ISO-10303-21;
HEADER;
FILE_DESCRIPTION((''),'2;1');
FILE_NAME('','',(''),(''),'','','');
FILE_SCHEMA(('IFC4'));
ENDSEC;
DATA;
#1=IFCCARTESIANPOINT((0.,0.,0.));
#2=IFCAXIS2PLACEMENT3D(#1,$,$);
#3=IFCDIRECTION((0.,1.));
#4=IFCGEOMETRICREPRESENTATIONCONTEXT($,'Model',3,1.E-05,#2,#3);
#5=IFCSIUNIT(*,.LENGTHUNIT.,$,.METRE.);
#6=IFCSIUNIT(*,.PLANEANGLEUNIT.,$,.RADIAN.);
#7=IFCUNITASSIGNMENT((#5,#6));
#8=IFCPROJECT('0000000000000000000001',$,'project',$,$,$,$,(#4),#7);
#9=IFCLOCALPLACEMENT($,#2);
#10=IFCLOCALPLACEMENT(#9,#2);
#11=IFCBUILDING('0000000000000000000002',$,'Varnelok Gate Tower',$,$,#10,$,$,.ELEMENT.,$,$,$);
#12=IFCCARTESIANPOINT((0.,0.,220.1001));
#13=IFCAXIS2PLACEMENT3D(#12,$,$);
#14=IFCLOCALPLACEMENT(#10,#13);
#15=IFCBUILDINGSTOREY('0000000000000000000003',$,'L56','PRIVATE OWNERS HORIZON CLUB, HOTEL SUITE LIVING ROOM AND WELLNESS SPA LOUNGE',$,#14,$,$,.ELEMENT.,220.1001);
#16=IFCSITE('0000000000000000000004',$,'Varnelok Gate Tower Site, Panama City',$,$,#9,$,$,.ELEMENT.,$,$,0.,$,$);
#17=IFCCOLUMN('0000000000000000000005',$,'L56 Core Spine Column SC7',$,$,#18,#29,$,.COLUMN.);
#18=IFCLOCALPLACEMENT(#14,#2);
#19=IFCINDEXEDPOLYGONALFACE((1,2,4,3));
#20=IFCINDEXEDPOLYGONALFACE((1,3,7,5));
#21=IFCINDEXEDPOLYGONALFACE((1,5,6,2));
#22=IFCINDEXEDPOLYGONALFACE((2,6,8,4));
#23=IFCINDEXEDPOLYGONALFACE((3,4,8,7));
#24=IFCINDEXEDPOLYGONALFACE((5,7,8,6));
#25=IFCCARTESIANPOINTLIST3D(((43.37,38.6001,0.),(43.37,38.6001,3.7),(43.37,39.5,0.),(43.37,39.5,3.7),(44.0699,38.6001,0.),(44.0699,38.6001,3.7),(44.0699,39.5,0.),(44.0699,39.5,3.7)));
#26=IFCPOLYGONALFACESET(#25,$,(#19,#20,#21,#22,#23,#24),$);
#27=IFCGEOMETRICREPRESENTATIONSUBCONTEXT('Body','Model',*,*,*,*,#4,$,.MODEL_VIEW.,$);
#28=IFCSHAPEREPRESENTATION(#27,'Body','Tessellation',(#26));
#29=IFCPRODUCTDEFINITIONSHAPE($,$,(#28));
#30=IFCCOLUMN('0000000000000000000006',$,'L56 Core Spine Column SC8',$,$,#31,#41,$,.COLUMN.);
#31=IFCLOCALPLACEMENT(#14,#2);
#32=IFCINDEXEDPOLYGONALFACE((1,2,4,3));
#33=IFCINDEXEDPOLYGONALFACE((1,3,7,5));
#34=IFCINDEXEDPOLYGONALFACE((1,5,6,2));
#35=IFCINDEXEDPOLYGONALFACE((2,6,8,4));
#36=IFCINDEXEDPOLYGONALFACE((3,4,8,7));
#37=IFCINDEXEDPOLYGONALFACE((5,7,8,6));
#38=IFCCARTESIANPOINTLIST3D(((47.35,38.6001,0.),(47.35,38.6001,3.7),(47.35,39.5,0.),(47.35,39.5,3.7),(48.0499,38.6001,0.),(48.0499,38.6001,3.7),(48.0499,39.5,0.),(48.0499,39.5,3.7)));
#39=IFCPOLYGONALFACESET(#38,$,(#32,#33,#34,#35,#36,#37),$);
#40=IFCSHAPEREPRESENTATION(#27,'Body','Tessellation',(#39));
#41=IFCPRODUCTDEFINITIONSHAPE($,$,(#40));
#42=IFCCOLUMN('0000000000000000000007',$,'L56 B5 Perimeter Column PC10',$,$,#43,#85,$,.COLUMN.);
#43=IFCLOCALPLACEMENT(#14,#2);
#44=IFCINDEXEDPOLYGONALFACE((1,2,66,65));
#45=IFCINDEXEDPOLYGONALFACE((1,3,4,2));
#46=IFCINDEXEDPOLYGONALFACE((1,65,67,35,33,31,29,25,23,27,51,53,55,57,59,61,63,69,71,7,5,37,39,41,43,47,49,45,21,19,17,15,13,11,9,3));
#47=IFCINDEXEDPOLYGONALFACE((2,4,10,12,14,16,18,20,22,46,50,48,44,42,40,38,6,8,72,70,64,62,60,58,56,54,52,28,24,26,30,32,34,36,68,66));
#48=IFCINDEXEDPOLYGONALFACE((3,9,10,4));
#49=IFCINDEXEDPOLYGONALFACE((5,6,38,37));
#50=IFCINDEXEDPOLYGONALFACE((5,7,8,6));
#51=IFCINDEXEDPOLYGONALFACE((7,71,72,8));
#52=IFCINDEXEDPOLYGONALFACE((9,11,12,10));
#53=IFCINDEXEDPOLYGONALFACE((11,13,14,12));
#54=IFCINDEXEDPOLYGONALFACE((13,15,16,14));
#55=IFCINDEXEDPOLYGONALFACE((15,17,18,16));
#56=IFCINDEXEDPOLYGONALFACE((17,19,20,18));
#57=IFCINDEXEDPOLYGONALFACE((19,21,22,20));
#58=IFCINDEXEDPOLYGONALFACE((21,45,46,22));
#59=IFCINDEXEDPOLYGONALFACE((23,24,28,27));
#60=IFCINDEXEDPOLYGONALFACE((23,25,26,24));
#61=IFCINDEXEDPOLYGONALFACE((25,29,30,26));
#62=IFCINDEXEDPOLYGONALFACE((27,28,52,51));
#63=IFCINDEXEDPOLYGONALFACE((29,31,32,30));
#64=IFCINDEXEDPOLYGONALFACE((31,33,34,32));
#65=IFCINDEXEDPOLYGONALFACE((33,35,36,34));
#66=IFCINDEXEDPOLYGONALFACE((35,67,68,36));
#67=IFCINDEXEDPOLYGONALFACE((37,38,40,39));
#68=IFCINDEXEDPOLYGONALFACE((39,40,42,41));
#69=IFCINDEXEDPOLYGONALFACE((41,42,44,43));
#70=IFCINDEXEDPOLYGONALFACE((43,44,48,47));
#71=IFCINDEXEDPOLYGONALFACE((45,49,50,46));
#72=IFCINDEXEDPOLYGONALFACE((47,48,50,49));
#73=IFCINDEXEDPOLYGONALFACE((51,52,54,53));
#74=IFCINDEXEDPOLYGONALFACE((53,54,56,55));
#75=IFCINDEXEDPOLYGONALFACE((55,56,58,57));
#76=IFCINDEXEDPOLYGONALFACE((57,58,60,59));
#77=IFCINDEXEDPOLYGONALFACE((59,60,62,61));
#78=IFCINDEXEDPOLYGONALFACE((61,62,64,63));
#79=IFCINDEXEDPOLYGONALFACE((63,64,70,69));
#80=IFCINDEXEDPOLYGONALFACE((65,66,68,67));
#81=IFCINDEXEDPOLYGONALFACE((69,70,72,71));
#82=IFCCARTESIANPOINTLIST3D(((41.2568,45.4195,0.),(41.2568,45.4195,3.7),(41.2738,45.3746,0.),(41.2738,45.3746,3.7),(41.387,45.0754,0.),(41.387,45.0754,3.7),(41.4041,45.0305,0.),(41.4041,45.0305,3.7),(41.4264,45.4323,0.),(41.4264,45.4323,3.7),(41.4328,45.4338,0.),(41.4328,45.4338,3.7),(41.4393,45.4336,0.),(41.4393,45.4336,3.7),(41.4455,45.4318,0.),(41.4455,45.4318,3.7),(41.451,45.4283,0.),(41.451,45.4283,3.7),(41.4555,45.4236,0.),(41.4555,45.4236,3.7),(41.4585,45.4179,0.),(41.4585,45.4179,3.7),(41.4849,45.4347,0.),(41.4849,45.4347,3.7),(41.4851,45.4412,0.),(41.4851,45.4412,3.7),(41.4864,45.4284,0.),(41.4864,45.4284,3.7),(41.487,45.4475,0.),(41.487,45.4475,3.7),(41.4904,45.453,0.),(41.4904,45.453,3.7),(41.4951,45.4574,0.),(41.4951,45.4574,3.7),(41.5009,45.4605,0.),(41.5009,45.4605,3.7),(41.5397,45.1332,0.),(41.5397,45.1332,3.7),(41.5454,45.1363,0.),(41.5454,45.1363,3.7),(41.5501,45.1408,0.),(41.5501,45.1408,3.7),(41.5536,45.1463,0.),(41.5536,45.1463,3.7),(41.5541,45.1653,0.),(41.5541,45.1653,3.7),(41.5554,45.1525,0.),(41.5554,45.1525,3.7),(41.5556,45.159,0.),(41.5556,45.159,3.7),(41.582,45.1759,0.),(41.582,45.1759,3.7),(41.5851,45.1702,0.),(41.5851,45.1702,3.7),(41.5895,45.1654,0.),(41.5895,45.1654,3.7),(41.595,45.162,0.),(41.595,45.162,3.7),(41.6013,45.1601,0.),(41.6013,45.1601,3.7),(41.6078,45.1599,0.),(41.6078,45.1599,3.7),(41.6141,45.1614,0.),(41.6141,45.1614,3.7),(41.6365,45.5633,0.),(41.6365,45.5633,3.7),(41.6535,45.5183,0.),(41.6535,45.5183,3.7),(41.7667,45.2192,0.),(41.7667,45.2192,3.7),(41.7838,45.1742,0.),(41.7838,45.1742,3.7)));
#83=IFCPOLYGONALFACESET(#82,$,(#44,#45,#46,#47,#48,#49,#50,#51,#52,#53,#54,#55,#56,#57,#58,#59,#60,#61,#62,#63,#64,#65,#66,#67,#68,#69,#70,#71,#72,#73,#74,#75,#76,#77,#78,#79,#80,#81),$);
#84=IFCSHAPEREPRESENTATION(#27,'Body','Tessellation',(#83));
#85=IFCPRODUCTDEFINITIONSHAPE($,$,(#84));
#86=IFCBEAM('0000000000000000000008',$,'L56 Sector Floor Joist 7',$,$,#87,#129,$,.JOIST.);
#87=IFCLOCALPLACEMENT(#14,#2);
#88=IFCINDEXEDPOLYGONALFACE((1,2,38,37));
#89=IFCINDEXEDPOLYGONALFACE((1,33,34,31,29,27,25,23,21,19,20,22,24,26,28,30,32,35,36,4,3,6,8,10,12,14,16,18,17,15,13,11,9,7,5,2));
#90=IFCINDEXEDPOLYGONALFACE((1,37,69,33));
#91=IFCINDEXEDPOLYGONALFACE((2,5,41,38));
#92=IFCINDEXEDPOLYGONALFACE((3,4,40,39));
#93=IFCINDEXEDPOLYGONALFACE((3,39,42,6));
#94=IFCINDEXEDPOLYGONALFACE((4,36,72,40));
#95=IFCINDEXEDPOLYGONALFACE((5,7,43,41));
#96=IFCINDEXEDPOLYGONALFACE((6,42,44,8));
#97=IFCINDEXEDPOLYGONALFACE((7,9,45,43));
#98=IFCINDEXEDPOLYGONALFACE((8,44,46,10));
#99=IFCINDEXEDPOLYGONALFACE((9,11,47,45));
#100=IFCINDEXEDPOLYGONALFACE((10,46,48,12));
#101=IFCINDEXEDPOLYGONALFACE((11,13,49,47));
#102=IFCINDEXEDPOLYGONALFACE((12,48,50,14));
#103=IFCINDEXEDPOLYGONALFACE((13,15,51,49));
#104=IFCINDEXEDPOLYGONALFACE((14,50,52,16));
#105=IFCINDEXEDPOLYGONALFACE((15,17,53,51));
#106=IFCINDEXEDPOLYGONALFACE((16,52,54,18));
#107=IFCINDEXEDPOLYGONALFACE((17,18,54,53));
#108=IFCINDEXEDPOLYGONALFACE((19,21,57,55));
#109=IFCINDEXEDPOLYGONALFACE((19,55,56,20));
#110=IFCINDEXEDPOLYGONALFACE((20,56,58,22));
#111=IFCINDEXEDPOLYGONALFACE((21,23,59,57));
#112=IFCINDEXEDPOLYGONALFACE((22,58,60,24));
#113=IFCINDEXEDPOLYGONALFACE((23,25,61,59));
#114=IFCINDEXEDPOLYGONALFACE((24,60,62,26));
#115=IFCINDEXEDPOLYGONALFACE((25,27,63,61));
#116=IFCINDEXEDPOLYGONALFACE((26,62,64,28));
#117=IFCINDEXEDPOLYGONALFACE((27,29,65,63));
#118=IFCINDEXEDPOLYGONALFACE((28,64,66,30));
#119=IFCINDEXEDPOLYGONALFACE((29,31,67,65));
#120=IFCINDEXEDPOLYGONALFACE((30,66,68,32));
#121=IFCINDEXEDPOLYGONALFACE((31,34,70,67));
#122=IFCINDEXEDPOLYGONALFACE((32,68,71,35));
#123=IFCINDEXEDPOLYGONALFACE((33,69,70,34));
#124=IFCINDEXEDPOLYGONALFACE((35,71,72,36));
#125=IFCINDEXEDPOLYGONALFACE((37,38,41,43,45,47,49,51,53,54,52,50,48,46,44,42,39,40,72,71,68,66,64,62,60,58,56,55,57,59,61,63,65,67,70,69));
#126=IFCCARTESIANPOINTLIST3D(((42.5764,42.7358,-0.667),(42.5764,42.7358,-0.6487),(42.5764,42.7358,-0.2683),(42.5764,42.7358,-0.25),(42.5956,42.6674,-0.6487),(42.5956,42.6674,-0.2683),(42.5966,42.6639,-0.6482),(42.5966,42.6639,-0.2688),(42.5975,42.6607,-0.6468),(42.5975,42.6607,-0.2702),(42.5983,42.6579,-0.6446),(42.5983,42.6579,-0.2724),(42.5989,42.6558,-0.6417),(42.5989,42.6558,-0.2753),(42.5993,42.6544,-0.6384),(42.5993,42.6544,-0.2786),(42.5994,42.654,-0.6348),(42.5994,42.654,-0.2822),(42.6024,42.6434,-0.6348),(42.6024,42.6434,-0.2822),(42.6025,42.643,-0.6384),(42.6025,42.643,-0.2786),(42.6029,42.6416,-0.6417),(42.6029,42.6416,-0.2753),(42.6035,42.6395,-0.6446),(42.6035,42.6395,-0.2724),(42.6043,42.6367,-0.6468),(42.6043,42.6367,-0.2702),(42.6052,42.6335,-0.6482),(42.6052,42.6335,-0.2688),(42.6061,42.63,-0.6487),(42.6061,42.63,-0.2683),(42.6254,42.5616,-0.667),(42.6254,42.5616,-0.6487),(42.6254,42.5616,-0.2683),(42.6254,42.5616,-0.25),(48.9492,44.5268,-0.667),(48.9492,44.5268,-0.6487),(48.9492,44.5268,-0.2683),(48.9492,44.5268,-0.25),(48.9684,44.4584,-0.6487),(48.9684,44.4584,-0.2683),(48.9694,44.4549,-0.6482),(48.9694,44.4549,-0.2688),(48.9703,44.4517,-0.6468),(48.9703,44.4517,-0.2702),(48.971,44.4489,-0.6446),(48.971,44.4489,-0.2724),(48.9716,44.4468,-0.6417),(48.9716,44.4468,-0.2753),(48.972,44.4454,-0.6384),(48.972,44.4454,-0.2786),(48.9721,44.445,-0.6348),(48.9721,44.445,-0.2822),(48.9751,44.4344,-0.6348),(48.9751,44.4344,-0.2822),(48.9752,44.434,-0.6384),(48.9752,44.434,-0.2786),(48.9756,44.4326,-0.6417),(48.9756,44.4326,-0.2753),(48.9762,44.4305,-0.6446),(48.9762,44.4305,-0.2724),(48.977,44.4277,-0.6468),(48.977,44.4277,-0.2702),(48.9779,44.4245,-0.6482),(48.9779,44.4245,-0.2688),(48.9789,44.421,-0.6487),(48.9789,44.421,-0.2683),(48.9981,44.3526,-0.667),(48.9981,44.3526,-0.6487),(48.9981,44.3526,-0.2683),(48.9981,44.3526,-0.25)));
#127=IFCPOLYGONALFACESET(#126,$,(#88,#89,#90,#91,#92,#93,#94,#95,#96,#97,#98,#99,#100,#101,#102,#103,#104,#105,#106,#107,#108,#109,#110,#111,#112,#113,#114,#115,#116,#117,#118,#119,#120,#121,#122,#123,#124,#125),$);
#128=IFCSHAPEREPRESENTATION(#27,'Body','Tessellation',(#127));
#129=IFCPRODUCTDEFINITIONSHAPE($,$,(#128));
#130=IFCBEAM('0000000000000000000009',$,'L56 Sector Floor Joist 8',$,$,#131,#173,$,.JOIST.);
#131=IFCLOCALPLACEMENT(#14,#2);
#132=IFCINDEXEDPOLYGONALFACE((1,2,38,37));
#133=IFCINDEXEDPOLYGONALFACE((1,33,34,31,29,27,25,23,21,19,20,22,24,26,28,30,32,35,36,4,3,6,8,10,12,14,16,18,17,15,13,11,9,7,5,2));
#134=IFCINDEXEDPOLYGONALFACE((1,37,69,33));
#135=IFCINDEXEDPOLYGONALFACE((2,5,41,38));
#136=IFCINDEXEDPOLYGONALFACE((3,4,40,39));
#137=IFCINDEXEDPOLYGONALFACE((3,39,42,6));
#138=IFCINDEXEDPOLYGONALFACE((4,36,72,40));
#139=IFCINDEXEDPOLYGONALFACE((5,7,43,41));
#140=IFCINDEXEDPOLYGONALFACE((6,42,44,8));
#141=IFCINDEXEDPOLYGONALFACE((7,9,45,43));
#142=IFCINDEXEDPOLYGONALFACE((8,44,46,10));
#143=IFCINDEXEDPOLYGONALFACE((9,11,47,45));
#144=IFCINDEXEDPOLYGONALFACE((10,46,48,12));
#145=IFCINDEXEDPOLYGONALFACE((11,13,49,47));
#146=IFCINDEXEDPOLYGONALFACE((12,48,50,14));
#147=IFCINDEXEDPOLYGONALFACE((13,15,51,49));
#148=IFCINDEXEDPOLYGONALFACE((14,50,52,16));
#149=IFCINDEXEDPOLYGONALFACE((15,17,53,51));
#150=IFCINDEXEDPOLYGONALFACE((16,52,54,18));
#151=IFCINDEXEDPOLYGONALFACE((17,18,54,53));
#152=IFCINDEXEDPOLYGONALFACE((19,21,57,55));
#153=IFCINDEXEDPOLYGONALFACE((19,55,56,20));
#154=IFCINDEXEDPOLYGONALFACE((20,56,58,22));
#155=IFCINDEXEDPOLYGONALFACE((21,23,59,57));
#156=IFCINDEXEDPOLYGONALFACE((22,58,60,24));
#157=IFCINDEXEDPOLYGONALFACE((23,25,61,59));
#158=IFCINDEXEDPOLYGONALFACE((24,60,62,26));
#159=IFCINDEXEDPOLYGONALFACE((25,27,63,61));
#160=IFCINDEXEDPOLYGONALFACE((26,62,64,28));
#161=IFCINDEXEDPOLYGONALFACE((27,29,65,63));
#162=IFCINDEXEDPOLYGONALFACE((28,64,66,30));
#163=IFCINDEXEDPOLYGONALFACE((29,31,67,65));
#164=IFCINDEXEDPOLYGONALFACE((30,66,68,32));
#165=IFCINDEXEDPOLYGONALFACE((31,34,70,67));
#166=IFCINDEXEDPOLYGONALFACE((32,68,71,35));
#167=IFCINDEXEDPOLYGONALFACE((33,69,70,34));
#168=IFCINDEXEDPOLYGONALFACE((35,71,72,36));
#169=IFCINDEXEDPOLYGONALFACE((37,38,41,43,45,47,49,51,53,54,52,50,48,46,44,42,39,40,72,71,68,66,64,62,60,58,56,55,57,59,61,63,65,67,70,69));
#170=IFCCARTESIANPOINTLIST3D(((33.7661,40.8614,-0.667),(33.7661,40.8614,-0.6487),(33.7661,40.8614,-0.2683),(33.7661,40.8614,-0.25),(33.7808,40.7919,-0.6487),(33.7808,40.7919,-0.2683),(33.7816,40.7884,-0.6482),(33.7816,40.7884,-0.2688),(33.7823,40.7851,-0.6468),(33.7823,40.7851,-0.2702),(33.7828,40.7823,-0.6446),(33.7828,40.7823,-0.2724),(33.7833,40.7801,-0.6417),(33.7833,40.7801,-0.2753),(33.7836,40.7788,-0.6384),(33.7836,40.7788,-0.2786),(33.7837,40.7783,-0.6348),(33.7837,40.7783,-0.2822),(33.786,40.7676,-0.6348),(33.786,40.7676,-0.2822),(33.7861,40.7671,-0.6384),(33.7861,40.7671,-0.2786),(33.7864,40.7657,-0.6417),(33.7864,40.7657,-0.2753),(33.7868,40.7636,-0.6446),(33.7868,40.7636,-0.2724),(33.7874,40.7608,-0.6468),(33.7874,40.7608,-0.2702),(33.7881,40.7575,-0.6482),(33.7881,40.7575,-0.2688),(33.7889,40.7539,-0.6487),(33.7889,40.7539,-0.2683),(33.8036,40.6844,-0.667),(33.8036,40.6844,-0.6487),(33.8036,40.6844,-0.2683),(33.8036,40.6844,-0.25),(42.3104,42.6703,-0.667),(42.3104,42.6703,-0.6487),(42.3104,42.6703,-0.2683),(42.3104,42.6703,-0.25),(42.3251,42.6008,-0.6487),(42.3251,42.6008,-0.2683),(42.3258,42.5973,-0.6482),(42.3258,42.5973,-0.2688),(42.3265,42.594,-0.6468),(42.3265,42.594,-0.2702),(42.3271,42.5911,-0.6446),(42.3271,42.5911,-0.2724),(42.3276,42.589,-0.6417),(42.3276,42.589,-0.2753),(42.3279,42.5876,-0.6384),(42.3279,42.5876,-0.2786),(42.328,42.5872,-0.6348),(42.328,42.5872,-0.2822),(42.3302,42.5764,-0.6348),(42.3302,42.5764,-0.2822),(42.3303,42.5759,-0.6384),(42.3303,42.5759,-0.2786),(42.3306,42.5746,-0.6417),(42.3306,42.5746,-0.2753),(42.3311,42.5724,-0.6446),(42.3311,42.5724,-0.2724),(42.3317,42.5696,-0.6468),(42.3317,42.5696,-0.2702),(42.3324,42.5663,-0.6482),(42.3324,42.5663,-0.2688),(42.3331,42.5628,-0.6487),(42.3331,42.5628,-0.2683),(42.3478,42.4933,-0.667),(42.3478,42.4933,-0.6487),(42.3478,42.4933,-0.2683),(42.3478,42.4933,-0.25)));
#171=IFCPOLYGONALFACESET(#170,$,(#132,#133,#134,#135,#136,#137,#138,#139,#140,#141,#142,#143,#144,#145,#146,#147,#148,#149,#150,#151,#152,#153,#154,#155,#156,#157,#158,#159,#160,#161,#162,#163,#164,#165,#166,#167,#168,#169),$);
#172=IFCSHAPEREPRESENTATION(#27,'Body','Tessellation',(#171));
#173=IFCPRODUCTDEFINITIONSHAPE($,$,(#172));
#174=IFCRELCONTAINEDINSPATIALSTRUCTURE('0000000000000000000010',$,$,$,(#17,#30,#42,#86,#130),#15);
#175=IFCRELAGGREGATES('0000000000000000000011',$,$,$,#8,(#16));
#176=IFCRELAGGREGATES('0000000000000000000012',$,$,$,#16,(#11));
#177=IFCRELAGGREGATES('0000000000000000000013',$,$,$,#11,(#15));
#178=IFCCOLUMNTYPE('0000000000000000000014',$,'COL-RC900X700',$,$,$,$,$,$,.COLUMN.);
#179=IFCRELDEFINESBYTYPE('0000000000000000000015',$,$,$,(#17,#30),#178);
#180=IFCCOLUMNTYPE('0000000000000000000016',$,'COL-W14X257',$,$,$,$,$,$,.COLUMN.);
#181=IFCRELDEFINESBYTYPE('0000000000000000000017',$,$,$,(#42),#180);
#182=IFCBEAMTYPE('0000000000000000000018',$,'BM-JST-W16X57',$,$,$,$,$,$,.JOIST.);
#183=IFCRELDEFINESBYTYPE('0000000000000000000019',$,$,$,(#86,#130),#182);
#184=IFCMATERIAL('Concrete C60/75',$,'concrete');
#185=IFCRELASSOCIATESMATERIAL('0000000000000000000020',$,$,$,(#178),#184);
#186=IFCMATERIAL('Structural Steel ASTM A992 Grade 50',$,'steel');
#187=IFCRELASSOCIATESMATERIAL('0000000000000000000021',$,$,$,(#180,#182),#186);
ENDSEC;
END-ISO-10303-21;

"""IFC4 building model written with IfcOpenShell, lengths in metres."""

from ifc_helpers import new_model, si_unit, direction, frame, origin, origin_2d, place, context, subcontext, project, spatial, rectangle, i_section, extrude, material, material_profile, profile_set, type_object, element, save


model = new_model("IFC4")

# Units and contexts
model_context = context("Model", 3, precision=1e-05, world=origin(), true_north=direction((0.0, 1.0)))
body_context = subcontext(model_context, "Body", "Model", "MODEL_VIEW")
ifc_project = project(units=[si_unit("LENGTHUNIT", "METRE"), si_unit("PLANEANGLEUNIT", "RADIAN")], contexts=[model_context])

# Site, building, storey
site_placement = place(None, origin())
site = spatial("IfcSite", under=ifc_project, at=site_placement, Name="Varnelok Gate Tower Site, Panama City", CompositionType="ELEMENT", RefElevation=0.0)
building_placement = place(site_placement, origin())
building = spatial("IfcBuilding", under=site, at=building_placement, Name="Varnelok Gate Tower", CompositionType="ELEMENT")
storey_placement = place(building_placement, frame((0.0, 0.0, 220.1001)))
storey = spatial("IfcBuildingStorey", under=building, at=storey_placement, Name="L56", Description="PRIVATE OWNERS HORIZON CLUB, HOTEL SUITE LIVING ROOM AND WELLNESS SPA LOUNGE", CompositionType="ELEMENT", Elevation=220.1001)

# Columns
ifc_material_1 = material(Name="Concrete C60/75", Category="concrete")
ifc_material_profile_1 = material_profile(ifc_material_1, rectangle(XDim=0.7, YDim=0.8999, at=origin_2d()), Name="RC900X700")
ifc_profile_set_1 = profile_set([ifc_material_profile_1], Name="Concrete C60/75")
column_type_1 = type_object("IfcColumnType", Name="COL-RC900X700", PredefinedType="COLUMN", material=ifc_profile_set_1)
for number, where, z_axis, x_axis, name in (
    (1, (43.72, 39.05, 0.0), (0.0, 0.0, 1.0), (1.0, 0.0, 0.0), "L56 Core Spine Column SC7"),
    (2, (47.7, 39.05, 0.0), (0.0, 0.0, 1.0), (1.0, 0.0, 0.0), "L56 Core Spine Column SC8"),
):
    element("IfcColumn", number, at=place(storey_placement, frame(where, z_axis=z_axis, x_axis=x_axis)), inside=storey, type_object=column_type_1, Name=name, PredefinedType="COLUMN", context=body_context, shape_type="SweptSolid", body=[
        extrude(rectangle(XDim=0.7, YDim=0.8999, at=origin_2d()), origin(), (0.0, 0.0, 1.0), 3.7),
    ])
ifc_material_2 = material(Name="Structural Steel ASTM A992 Grade 50", Category="steel")
ifc_material_profile_2 = material_profile(ifc_material_2, i_section(OverallWidth=0.406, OverallDepth=0.416, WebThickness=0.0298, FlangeThickness=0.0481, FilletRadius=0.0249, at=origin_2d()), Name="W14X257")
ifc_profile_set_2 = profile_set([ifc_material_profile_2], Name="Structural Steel ASTM A992 Grade 50")
column_type_2 = type_object("IfcColumnType", Name="COL-W14X257", PredefinedType="COLUMN", material=ifc_profile_set_2)
column_placement = place(storey_placement, frame((41.5203, 45.2969, 0.0), z_axis=(0.0, 0.0, 1.0), x_axis=(0.935222, 0.354063, 0.0)))
element("IfcColumn", 3, at=column_placement, inside=storey, type_object=column_type_2, Name="L56 B5 Perimeter Column PC10", PredefinedType="COLUMN", context=body_context, shape_type="SweptSolid", body=[
    extrude(i_section(OverallWidth=0.406, OverallDepth=0.416, WebThickness=0.0298, FlangeThickness=0.0481, FilletRadius=0.0249, at=origin_2d()), origin(), (0.0, 0.0, 1.0), 3.7),
])

# Beams
ifc_material_profile_3 = material_profile(ifc_material_2, i_section(OverallWidth=0.1809, OverallDepth=0.417, WebThickness=0.011, FlangeThickness=0.0183, FilletRadius=0.0139, at=origin_2d()), Name="W16X57")
ifc_profile_set_3 = profile_set([ifc_material_profile_3], Name="Structural Steel ASTM A992 Grade 50")
beam_type_1 = type_object("IfcBeamType", Name="BM-JST-W16X57", PredefinedType="JOIST", material=ifc_profile_set_3)
beam_1_placement = place(storey_placement, frame((48.9736, 44.4397, -0.4585), z_axis=(-0.962703, -0.270559, 0.0), x_axis=(0.270559, -0.962703, 0.0)))
element("IfcBeam", 4, at=beam_1_placement, inside=storey, type_object=beam_type_1, Name="L56 Sector Floor Joist 7", PredefinedType="JOIST", context=body_context, shape_type="SweptSolid", body=[
    extrude(i_section(OverallWidth=0.1809, OverallDepth=0.417, WebThickness=0.011, FlangeThickness=0.0183, FilletRadius=0.0139, at=origin_2d()), origin(), (0.0, 0.0, 1.0), 6.6196),
])
beam_2_placement = place(storey_placement, frame((42.3291, 42.5818, -0.4585), z_axis=(-0.978317, -0.207113, 0.0), x_axis=(0.207113, -0.978317, 0.0)))
element("IfcBeam", 5, at=beam_2_placement, inside=storey, type_object=beam_type_1, Name="L56 Sector Floor Joist 8", PredefinedType="JOIST", context=body_context, shape_type="SweptSolid", body=[
    extrude(i_section(OverallWidth=0.1809, OverallDepth=0.417, WebThickness=0.011, FlangeThickness=0.0183, FilletRadius=0.0139, at=origin_2d()), origin(), (0.0, 0.0, 1.0), 8.7336),
])

save(model, "model.ifc")
